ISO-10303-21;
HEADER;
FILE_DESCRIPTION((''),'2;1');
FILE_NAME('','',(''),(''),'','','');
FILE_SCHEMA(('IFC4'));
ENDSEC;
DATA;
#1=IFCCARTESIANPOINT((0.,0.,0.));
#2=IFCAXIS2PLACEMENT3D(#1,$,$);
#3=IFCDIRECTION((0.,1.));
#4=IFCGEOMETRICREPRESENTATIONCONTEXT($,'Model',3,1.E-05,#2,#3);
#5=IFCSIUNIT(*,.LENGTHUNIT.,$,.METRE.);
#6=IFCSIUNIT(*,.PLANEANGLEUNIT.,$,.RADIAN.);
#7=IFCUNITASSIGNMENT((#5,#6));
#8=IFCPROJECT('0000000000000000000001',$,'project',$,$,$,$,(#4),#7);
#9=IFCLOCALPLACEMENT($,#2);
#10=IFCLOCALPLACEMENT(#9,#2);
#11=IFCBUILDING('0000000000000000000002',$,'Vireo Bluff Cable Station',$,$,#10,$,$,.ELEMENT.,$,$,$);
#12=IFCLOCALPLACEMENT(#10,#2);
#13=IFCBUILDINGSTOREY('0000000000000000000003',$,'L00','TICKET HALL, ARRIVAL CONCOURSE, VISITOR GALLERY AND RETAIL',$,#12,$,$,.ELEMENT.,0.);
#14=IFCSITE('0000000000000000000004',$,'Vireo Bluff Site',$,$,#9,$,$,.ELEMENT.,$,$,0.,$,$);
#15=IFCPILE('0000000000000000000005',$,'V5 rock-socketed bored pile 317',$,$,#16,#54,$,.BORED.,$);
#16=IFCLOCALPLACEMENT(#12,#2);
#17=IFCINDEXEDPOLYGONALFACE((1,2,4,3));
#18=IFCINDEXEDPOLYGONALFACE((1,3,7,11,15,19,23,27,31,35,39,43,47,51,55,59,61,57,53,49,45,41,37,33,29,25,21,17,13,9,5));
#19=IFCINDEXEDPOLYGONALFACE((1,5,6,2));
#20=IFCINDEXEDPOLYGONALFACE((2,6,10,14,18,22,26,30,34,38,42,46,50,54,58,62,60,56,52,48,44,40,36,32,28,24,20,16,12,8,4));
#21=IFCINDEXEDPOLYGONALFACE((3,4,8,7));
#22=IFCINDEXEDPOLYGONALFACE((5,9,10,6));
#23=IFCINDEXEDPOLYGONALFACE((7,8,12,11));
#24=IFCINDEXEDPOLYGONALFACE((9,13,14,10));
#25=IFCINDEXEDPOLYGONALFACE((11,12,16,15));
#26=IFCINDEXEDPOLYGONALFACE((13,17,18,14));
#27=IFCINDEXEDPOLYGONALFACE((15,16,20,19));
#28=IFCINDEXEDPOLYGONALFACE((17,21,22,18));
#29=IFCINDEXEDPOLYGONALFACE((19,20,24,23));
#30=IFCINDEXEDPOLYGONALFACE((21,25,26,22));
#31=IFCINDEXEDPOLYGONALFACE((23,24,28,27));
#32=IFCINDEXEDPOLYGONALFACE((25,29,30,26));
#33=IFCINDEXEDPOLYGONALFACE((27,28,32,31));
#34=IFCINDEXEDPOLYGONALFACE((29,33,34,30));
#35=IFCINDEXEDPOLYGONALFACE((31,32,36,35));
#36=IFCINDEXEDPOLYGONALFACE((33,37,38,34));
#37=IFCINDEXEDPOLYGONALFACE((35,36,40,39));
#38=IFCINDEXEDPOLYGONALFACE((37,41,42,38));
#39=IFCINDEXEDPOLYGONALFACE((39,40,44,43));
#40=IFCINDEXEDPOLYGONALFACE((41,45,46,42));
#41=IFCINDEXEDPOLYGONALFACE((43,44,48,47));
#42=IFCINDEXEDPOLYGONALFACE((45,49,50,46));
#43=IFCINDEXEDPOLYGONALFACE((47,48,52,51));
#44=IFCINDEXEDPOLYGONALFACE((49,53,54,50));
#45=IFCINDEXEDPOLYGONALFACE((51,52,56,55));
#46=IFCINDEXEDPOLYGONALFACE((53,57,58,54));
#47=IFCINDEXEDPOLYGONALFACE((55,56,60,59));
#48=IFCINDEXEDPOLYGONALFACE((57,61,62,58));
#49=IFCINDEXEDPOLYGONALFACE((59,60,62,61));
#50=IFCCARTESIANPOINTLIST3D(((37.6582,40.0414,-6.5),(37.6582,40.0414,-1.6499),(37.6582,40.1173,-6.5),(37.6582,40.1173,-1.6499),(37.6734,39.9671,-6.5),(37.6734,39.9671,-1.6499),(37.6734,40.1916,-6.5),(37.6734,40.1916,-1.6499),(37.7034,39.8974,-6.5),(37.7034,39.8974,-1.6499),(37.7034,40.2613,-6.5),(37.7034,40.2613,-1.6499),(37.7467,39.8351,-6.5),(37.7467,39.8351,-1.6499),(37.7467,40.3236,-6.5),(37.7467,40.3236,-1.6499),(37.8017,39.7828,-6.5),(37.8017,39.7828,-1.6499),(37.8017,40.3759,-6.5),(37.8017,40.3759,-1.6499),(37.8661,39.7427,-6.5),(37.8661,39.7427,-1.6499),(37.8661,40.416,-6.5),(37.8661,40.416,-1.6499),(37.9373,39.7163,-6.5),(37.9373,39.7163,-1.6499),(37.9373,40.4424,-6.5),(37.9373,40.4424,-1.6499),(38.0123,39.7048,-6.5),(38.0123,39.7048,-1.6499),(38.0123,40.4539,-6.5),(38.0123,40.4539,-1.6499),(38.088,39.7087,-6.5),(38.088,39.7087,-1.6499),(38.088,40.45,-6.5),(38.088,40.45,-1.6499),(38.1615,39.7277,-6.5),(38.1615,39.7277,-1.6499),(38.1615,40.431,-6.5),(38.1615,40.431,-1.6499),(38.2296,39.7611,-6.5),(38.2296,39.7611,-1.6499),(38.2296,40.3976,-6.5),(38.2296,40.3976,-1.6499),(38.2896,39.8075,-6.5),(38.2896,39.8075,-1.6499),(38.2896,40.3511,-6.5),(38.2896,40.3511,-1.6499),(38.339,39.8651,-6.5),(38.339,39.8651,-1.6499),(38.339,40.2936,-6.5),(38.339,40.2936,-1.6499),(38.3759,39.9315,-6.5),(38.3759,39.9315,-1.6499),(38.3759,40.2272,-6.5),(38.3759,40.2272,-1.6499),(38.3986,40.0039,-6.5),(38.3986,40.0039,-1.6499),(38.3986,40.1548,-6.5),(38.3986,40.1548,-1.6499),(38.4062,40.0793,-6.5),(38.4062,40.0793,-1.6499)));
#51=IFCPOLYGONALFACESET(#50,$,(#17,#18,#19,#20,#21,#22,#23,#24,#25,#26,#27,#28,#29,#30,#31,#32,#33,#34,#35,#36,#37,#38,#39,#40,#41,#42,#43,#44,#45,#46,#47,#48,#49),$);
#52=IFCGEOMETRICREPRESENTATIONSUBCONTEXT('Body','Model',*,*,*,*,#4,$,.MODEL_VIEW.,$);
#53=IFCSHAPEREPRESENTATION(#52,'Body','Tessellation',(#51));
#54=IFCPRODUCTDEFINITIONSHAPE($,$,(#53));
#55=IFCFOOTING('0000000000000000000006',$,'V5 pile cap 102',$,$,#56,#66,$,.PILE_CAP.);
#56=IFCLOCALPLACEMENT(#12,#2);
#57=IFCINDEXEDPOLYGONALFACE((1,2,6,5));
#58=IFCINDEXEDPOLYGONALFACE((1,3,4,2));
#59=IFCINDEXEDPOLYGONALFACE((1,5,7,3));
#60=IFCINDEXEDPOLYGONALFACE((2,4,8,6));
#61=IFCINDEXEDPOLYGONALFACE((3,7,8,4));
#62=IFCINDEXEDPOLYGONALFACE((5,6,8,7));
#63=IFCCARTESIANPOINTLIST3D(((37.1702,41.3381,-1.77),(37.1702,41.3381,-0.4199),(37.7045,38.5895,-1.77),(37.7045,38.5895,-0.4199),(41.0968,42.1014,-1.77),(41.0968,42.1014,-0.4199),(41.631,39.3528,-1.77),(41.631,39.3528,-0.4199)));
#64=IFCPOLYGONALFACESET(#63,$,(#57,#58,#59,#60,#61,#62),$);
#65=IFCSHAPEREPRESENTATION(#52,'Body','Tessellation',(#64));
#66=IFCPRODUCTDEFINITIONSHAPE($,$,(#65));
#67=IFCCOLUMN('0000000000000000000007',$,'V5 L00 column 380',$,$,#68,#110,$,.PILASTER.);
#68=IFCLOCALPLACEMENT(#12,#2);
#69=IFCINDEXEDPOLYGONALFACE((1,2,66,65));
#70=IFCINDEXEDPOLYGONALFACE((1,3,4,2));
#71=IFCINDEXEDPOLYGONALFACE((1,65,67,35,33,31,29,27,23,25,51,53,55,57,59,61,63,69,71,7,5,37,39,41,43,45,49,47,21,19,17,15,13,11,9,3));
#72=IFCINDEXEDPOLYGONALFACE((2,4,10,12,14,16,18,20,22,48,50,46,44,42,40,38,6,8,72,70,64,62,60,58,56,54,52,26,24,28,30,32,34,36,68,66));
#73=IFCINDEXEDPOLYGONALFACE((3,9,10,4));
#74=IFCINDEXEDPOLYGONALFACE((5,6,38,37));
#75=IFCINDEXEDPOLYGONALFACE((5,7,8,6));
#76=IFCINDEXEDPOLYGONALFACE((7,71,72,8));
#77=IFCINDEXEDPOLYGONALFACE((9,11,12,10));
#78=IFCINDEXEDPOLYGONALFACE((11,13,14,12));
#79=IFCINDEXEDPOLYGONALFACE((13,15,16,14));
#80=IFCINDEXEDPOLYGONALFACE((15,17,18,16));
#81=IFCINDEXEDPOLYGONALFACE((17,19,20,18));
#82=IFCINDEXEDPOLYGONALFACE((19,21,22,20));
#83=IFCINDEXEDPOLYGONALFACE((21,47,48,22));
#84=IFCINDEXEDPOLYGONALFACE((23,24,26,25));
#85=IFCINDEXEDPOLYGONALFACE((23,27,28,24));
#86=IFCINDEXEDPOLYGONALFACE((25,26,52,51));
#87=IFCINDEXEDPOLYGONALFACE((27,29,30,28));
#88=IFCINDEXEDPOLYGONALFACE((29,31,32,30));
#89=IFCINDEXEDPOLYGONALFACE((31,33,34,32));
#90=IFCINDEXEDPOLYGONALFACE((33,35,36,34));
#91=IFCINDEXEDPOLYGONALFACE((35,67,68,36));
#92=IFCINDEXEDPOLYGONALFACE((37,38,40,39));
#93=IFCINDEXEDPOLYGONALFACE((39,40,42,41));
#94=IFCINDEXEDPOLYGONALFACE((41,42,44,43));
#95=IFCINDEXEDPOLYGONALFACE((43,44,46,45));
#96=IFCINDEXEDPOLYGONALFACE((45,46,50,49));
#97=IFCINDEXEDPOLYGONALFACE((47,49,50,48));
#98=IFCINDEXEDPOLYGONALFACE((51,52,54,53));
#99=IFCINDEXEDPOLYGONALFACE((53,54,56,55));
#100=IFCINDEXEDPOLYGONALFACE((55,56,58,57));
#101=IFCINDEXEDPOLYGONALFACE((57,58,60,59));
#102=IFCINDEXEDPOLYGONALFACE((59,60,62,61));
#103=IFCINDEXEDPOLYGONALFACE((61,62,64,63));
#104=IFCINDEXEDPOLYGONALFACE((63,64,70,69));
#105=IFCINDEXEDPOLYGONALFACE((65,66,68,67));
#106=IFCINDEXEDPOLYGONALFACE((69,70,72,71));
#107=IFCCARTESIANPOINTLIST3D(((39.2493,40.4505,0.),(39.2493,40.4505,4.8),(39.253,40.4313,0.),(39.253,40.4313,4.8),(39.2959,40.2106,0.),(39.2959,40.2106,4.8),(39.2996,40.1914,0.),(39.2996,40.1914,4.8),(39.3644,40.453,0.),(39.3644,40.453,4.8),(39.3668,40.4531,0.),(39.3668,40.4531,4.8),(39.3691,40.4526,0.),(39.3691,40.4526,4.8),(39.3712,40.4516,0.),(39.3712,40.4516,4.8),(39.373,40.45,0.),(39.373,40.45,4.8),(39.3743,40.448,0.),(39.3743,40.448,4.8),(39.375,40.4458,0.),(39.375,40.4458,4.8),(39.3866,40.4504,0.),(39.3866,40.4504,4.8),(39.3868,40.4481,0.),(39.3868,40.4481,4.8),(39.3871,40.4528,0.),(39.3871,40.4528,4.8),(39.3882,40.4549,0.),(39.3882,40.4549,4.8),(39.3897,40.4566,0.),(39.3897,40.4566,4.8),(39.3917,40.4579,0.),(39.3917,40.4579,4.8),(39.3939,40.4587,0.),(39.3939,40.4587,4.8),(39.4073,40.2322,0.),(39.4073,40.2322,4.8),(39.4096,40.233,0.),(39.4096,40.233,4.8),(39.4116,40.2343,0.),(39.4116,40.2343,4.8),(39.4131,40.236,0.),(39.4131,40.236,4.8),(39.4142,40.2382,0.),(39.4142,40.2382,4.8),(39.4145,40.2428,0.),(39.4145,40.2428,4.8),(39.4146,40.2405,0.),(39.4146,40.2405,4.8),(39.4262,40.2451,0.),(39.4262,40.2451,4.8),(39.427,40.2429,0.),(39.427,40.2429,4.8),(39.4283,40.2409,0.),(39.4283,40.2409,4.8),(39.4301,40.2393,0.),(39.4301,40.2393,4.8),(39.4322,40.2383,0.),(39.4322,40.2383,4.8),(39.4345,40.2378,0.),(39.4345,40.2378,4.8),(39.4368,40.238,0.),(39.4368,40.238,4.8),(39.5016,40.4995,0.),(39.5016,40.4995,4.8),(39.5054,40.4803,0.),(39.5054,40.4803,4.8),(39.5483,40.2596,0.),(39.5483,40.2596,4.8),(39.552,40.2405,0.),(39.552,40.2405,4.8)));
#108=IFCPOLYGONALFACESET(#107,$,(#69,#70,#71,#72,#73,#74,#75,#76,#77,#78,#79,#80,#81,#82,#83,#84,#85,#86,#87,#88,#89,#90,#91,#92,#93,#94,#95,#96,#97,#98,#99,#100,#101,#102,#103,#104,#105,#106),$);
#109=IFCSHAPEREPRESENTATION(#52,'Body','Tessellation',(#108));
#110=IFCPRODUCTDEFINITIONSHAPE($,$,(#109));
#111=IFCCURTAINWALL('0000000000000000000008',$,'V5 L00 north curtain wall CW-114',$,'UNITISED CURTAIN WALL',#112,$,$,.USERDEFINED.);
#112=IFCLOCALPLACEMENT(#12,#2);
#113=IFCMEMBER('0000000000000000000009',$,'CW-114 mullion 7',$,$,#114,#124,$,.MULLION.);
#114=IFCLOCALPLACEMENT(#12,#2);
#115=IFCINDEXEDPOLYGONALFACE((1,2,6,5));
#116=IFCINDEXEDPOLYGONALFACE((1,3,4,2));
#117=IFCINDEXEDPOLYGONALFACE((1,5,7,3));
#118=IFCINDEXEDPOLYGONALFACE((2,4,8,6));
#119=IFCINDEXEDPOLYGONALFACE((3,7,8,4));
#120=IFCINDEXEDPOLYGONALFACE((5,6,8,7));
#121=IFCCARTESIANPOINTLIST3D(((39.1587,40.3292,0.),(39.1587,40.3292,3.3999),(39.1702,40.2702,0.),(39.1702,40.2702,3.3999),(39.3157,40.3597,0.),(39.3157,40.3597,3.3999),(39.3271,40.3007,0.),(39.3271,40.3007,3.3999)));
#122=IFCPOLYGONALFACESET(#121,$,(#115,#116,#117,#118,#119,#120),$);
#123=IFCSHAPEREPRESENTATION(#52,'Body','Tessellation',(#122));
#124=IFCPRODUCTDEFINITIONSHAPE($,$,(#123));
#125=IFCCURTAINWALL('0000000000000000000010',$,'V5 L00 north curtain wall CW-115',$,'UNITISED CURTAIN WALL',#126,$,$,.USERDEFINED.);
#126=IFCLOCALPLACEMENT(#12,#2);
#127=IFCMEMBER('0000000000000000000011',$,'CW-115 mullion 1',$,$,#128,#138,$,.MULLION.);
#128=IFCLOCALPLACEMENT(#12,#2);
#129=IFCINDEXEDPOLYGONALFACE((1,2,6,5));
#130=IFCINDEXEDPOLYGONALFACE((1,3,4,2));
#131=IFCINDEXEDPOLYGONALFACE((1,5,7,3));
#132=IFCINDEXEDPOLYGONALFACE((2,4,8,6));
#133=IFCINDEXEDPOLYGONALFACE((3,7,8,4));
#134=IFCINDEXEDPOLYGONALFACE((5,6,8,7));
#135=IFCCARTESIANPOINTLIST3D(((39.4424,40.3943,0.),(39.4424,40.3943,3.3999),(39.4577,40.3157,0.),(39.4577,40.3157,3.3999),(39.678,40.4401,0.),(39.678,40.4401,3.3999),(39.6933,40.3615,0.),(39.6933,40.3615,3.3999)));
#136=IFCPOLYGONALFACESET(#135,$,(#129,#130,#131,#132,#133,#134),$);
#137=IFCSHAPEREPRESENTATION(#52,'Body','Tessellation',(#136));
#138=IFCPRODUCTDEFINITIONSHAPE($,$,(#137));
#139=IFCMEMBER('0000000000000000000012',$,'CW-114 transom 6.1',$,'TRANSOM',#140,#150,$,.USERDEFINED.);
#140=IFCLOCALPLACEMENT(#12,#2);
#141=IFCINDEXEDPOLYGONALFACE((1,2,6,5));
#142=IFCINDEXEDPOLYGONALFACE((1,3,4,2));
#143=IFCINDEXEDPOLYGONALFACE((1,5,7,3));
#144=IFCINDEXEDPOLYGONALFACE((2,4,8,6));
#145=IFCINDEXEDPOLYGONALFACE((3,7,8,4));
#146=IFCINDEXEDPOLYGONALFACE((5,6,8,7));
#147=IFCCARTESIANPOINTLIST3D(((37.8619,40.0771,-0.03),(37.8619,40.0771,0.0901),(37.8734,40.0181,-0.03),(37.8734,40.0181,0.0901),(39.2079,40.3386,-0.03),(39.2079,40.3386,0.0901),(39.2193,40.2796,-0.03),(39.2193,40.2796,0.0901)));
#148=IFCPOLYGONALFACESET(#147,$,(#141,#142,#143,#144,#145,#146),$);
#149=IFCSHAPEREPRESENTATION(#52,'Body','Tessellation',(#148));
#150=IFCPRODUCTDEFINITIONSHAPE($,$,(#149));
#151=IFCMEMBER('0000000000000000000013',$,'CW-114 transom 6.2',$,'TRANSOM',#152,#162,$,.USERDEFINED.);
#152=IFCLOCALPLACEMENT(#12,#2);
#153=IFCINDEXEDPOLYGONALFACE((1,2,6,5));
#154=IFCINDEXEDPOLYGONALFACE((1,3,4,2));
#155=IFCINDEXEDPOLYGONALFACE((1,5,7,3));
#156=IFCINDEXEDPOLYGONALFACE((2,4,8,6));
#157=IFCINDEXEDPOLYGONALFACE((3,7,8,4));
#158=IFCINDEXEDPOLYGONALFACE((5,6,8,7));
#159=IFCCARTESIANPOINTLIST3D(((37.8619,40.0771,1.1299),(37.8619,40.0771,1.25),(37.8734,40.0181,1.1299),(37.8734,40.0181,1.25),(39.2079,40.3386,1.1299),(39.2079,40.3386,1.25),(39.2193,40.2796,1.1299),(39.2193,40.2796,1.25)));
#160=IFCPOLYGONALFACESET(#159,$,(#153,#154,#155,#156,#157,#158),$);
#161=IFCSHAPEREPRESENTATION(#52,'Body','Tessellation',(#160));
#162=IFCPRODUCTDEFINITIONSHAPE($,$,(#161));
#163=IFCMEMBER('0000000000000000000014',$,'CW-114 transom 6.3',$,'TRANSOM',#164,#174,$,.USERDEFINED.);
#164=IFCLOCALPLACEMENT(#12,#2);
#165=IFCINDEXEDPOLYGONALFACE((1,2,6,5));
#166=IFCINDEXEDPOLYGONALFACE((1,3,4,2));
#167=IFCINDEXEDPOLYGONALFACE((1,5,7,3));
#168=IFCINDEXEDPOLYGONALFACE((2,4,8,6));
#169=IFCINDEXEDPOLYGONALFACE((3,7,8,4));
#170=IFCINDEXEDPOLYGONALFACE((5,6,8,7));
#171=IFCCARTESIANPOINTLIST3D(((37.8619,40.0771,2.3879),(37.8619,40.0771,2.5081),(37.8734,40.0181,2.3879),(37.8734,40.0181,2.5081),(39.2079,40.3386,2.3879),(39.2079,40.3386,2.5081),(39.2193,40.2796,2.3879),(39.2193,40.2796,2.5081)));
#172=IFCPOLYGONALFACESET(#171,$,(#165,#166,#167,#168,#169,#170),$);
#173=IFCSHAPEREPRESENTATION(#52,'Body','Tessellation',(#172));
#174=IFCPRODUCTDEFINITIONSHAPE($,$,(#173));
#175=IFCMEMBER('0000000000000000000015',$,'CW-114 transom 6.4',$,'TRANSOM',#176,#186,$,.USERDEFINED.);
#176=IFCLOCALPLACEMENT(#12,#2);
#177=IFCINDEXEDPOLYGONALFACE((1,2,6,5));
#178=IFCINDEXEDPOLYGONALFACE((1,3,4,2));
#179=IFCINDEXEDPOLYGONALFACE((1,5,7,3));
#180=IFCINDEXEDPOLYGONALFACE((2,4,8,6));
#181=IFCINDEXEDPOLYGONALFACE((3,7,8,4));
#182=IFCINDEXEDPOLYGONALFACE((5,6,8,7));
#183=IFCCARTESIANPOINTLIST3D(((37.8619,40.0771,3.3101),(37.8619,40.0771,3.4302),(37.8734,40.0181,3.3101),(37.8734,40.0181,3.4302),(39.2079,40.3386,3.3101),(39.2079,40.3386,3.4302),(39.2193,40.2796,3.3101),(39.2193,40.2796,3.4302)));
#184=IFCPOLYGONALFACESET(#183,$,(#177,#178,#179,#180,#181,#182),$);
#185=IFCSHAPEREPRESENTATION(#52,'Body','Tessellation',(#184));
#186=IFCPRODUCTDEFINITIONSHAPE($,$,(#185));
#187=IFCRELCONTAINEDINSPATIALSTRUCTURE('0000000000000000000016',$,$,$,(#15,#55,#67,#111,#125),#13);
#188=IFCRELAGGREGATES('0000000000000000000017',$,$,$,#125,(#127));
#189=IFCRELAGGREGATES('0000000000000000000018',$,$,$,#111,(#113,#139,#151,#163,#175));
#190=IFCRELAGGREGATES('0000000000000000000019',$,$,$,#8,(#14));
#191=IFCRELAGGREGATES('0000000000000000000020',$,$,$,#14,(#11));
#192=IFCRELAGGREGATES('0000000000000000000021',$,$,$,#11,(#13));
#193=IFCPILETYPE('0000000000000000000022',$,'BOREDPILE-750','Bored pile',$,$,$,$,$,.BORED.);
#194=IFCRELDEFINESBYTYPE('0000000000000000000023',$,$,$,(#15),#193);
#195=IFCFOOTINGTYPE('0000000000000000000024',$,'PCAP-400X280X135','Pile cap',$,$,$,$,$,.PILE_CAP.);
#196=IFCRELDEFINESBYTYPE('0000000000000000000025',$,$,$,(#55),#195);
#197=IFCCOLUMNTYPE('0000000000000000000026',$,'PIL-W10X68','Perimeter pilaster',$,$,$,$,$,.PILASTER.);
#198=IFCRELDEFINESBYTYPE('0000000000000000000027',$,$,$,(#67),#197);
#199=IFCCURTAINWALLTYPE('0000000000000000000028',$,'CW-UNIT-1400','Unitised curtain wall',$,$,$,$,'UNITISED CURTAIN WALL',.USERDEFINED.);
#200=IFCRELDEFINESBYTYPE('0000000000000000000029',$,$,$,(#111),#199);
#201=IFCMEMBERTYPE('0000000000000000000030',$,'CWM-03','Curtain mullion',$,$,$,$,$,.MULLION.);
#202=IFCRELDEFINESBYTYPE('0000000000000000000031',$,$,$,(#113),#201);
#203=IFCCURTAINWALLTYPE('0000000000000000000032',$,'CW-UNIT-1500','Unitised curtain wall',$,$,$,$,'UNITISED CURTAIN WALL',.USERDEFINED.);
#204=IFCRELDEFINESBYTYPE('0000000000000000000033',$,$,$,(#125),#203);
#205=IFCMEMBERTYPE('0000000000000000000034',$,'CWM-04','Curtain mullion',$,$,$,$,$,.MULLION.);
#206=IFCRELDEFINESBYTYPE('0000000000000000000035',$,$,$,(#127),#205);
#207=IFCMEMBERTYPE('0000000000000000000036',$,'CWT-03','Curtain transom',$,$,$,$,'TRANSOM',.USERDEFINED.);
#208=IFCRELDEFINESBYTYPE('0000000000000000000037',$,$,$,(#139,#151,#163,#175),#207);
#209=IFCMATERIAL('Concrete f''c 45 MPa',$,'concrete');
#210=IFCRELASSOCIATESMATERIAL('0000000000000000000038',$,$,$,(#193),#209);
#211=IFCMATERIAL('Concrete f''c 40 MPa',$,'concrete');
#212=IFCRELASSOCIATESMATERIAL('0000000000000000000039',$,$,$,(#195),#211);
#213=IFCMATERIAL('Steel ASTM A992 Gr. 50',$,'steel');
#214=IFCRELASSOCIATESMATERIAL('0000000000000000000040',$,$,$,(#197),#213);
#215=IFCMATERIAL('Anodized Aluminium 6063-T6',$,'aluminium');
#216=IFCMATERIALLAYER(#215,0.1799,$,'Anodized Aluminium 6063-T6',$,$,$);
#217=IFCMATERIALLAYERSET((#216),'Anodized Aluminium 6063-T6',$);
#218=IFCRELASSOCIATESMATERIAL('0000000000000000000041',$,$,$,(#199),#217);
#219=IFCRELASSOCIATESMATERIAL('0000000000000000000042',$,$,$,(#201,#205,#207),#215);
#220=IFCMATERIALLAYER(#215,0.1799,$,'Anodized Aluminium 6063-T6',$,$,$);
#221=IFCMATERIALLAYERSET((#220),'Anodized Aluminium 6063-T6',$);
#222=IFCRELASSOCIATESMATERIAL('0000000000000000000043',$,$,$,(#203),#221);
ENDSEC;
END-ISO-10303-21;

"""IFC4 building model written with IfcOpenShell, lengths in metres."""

from ifc_helpers import new_model, si_unit, direction, frame, origin, origin_2d, place, context, subcontext, project, spatial, rectangle, circle, i_section, extrude, material, layer, layer_set, material_profile, profile_set, type_object, element, aggregate, save


model = new_model("IFC4")

# Units and contexts
model_context = context("Model", 3, precision=1e-05, world=origin(), true_north=direction((0.0, 1.0)))
body_context = subcontext(model_context, "Body", "Model", "MODEL_VIEW")
ifc_project = project(units=[si_unit("LENGTHUNIT", "METRE"), si_unit("PLANEANGLEUNIT", "RADIAN")], contexts=[model_context])

# Site, building, storey
site_placement = place(None, origin())
site = spatial("IfcSite", under=ifc_project, at=site_placement, Name="Vireo Bluff Site", CompositionType="ELEMENT", RefElevation=0.0)
building_placement = place(site_placement, origin())
building = spatial("IfcBuilding", under=site, at=building_placement, Name="Vireo Bluff Cable Station", CompositionType="ELEMENT")
storey_placement = place(building_placement, origin())
storey = spatial("IfcBuildingStorey", under=building, at=storey_placement, Name="L00", Description="TICKET HALL, ARRIVAL CONCOURSE, VISITOR GALLERY AND RETAIL", CompositionType="ELEMENT", Elevation=0.0)

# Pile
ifc_material_1 = material(Name="Concrete f'c 45 MPa", Category="concrete")
ifc_material_profile_1 = material_profile(ifc_material_1, circle(Radius=0.375, at=origin_2d()), Name="BOREDPILE-750")
ifc_profile_set_1 = profile_set([ifc_material_profile_1], Name="Concrete f'c 45 MPa")
pile_type = type_object("IfcPileType", Name="BOREDPILE-750", Description="Bored pile", PredefinedType="BORED", material=ifc_profile_set_1)
pile_placement = place(storey_placement, frame((38.0312, 40.0793, -1.6499), z_axis=(0.0, 0.0, -1.0), x_axis=(1.0, 0.0, 0.0)))
element("IfcPile", 1, at=pile_placement, inside=storey, type_object=pile_type, Name="V5 rock-socketed bored pile 317", PredefinedType="BORED", context=body_context, shape_type="SweptSolid", body=[
    extrude(circle(Radius=0.375, at=origin_2d()), origin(), (0.0, 0.0, 1.0), 4.8501),
])

# Footing
ifc_material_2 = material(Name="Concrete f'c 40 MPa", Category="concrete")
footing_type = type_object("IfcFootingType", Name="PCAP-400X280X135", Description="Pile cap", PredefinedType="PILE_CAP", material=ifc_material_2)
footing_placement = place(storey_placement, frame((39.4006, 40.3455, -1.77), z_axis=(0.0, 0.0, 1.0), x_axis=(0.981627, 0.190809, 0.0)))
element("IfcFooting", 2, at=footing_placement, inside=storey, type_object=footing_type, Name="V5 pile cap 102", PredefinedType="PILE_CAP", context=body_context, shape_type="SweptSolid", body=[
    extrude(rectangle(XDim=4.0, YDim=2.8, at=origin_2d()), origin(), (0.0, 0.0, 1.0), 1.3501),
])

# Column
ifc_material_3 = material(Name="Steel ASTM A992 Gr. 50", Category="steel")
ifc_material_profile_2 = material_profile(ifc_material_3, i_section(OverallWidth=0.2571, OverallDepth=0.2639, WebThickness=0.012, FlangeThickness=0.0195, FilletRadius=0.009, at=origin_2d()), Name="W10X68")
ifc_profile_set_2 = profile_set([ifc_material_profile_2], Name="Steel ASTM A992 Gr. 50")
column_type = type_object("IfcColumnType", Name="PIL-W10X68", Description="Perimeter pilaster", PredefinedType="PILASTER", material=ifc_profile_set_2)
column_placement = place(storey_placement, frame((39.4006, 40.3455, 0.0), z_axis=(0.0, 0.0, 1.0), x_axis=(0.981627, 0.190809, 0.0)))
element("IfcColumn", 3, at=column_placement, inside=storey, type_object=column_type, Name="V5 L00 column 380", PredefinedType="PILASTER", context=body_context, shape_type="SweptSolid", body=[
    extrude(i_section(OverallWidth=0.2571, OverallDepth=0.2639, WebThickness=0.012, FlangeThickness=0.0195, FilletRadius=0.009, at=origin_2d()), origin(), (0.0, 0.0, 1.0), 4.8),
])

# Curtain walls, members
ifc_material_4 = material(Name="Anodized Aluminium 6063-T6", Category="aluminium")
ifc_layer_1 = layer(ifc_material_4, 0.1799, Name="Anodized Aluminium 6063-T6")
ifc_layer_set_1 = layer_set([ifc_layer_1], Name="Anodized Aluminium 6063-T6")
curtain_wall_type_1 = type_object("IfcCurtainWallType", Name="CW-UNIT-1400", Description="Unitised curtain wall", ElementType="UNITISED CURTAIN WALL", PredefinedType="USERDEFINED", material=ifc_layer_set_1)
curtain_wall_1_placement = place(storey_placement, origin())
curtain_wall_1 = element("IfcCurtainWall", 4, at=curtain_wall_1_placement, inside=storey, type_object=curtain_wall_type_1, Name="V5 L00 north curtain wall CW-114", ObjectType="UNITISED CURTAIN WALL", PredefinedType="USERDEFINED")
ifc_material_profile_3 = material_profile(ifc_material_4, rectangle(XDim=0.0601, YDim=0.1599, at=origin_2d()), Name="ALU-M-60X160")
ifc_profile_set_3 = profile_set([ifc_material_profile_3], Name="Anodized Aluminium 6063-T6")
member_type_1 = type_object("IfcMemberType", Name="CWM-03", Description="Curtain mullion", PredefinedType="MULLION", material=ifc_profile_set_3)
member_1_placement = place(storey_placement, frame((39.2429, 40.3149, 0.0), z_axis=(0.0, 0.0, 1.0), x_axis=(-0.190809, 0.981627, 0.0)))
member_1 = element("IfcMember", 5, at=member_1_placement, type_object=member_type_1, Name="CW-114 mullion 7", PredefinedType="MULLION", context=body_context, shape_type="SweptSolid", body=[
    extrude(rectangle(XDim=0.0601, YDim=0.1599, at=origin_2d()), origin(), (0.0, 0.0, 1.0), 3.3999),
])
ifc_layer_2 = layer(ifc_material_4, 0.1799, Name="Anodized Aluminium 6063-T6")
ifc_layer_set_2 = layer_set([ifc_layer_2], Name="Anodized Aluminium 6063-T6")
curtain_wall_type_2 = type_object("IfcCurtainWallType", Name="CW-UNIT-1500", Description="Unitised curtain wall", ElementType="UNITISED CURTAIN WALL", PredefinedType="USERDEFINED", material=ifc_layer_set_2)
curtain_wall_2_placement = place(storey_placement, origin())
curtain_wall_2 = element("IfcCurtainWall", 6, at=curtain_wall_2_placement, inside=storey, type_object=curtain_wall_type_2, Name="V5 L00 north curtain wall CW-115", ObjectType="UNITISED CURTAIN WALL", PredefinedType="USERDEFINED")
ifc_material_profile_4 = material_profile(ifc_material_4, rectangle(XDim=0.0801, YDim=0.24, at=origin_2d()), Name="ALU-M-80X240")
ifc_profile_set_4 = profile_set([ifc_material_profile_4], Name="Anodized Aluminium 6063-T6")
member_type_2 = type_object("IfcMemberType", Name="CWM-04", Description="Curtain mullion", PredefinedType="MULLION", material=ifc_profile_set_4)
member_2_placement = place(storey_placement, frame((39.5679, 40.3779, 0.0), z_axis=(0.0, 0.0, 1.0), x_axis=(-0.190809, 0.981627, 0.0)))
member_2 = element("IfcMember", 7, at=member_2_placement, type_object=member_type_2, Name="CW-115 mullion 1", PredefinedType="MULLION", context=body_context, shape_type="SweptSolid", body=[
    extrude(rectangle(XDim=0.0801, YDim=0.24, at=origin_2d()), origin(), (0.0, 0.0, 1.0), 3.3999),
])

# Members
ifc_material_profile_5 = material_profile(ifc_material_4, rectangle(XDim=0.0601, YDim=0.1201, at=origin_2d()), Name="ALU-T-60X120")
ifc_profile_set_5 = profile_set([ifc_material_profile_5], Name="Anodized Aluminium 6063-T6")
member_type_3 = type_object("IfcMemberType", Name="CWT-03", Description="Curtain transom", ElementType="TRANSOM", PredefinedType="USERDEFINED", material=ifc_profile_set_5)
member_3_placement = place(storey_placement, frame((37.8677, 40.0476, 0.03), z_axis=(0.981648, 0.190703, 0.0), x_axis=(-0.190703, 0.981648, 0.0)))
member_3 = element("IfcMember", 8, at=member_3_placement, type_object=member_type_3, Name="CW-114 transom 6.1", ObjectType="TRANSOM", PredefinedType="USERDEFINED", context=body_context, shape_type="SweptSolid", body=[
    extrude(rectangle(XDim=0.0601, YDim=0.1201, at=origin_2d()), origin(), (0.0, 0.0, 1.0), 1.3711),
])
member_4_placement = place(storey_placement, frame((37.8677, 40.0476, 1.1899), z_axis=(0.981648, 0.190703, 0.0), x_axis=(-0.190703, 0.981648, 0.0)))
member_4 = element("IfcMember", 9, at=member_4_placement, type_object=member_type_3, Name="CW-114 transom 6.2", ObjectType="TRANSOM", PredefinedType="USERDEFINED", context=body_context, shape_type="SweptSolid", body=[
    extrude(rectangle(XDim=0.0601, YDim=0.1201, at=origin_2d()), origin(), (0.0, 0.0, 1.0), 1.3711),
])
member_5_placement = place(storey_placement, frame((37.8677, 40.0476, 2.448), z_axis=(0.981648, 0.190703, 0.0), x_axis=(-0.190703, 0.981648, 0.0)))
member_5 = element("IfcMember", 10, at=member_5_placement, type_object=member_type_3, Name="CW-114 transom 6.3", ObjectType="TRANSOM", PredefinedType="USERDEFINED", context=body_context, shape_type="SweptSolid", body=[
    extrude(rectangle(XDim=0.0601, YDim=0.1201, at=origin_2d()), origin(), (0.0, 0.0, 1.0), 1.3711),
])
member_6_placement = place(storey_placement, frame((37.8677, 40.0476, 3.3701), z_axis=(0.981648, 0.190703, 0.0), x_axis=(-0.190703, 0.981648, 0.0)))
member_6 = element("IfcMember", 11, at=member_6_placement, type_object=member_type_3, Name="CW-114 transom 6.4", ObjectType="TRANSOM", PredefinedType="USERDEFINED", context=body_context, shape_type="SweptSolid", body=[
    extrude(rectangle(XDim=0.0601, YDim=0.1201, at=origin_2d()), origin(), (0.0, 0.0, 1.0), 1.3711),
])

aggregate(curtain_wall_2, [member_2])
aggregate(curtain_wall_1, [member_1, member_3, member_4, member_5, member_6])

save(model, "model.ifc")
